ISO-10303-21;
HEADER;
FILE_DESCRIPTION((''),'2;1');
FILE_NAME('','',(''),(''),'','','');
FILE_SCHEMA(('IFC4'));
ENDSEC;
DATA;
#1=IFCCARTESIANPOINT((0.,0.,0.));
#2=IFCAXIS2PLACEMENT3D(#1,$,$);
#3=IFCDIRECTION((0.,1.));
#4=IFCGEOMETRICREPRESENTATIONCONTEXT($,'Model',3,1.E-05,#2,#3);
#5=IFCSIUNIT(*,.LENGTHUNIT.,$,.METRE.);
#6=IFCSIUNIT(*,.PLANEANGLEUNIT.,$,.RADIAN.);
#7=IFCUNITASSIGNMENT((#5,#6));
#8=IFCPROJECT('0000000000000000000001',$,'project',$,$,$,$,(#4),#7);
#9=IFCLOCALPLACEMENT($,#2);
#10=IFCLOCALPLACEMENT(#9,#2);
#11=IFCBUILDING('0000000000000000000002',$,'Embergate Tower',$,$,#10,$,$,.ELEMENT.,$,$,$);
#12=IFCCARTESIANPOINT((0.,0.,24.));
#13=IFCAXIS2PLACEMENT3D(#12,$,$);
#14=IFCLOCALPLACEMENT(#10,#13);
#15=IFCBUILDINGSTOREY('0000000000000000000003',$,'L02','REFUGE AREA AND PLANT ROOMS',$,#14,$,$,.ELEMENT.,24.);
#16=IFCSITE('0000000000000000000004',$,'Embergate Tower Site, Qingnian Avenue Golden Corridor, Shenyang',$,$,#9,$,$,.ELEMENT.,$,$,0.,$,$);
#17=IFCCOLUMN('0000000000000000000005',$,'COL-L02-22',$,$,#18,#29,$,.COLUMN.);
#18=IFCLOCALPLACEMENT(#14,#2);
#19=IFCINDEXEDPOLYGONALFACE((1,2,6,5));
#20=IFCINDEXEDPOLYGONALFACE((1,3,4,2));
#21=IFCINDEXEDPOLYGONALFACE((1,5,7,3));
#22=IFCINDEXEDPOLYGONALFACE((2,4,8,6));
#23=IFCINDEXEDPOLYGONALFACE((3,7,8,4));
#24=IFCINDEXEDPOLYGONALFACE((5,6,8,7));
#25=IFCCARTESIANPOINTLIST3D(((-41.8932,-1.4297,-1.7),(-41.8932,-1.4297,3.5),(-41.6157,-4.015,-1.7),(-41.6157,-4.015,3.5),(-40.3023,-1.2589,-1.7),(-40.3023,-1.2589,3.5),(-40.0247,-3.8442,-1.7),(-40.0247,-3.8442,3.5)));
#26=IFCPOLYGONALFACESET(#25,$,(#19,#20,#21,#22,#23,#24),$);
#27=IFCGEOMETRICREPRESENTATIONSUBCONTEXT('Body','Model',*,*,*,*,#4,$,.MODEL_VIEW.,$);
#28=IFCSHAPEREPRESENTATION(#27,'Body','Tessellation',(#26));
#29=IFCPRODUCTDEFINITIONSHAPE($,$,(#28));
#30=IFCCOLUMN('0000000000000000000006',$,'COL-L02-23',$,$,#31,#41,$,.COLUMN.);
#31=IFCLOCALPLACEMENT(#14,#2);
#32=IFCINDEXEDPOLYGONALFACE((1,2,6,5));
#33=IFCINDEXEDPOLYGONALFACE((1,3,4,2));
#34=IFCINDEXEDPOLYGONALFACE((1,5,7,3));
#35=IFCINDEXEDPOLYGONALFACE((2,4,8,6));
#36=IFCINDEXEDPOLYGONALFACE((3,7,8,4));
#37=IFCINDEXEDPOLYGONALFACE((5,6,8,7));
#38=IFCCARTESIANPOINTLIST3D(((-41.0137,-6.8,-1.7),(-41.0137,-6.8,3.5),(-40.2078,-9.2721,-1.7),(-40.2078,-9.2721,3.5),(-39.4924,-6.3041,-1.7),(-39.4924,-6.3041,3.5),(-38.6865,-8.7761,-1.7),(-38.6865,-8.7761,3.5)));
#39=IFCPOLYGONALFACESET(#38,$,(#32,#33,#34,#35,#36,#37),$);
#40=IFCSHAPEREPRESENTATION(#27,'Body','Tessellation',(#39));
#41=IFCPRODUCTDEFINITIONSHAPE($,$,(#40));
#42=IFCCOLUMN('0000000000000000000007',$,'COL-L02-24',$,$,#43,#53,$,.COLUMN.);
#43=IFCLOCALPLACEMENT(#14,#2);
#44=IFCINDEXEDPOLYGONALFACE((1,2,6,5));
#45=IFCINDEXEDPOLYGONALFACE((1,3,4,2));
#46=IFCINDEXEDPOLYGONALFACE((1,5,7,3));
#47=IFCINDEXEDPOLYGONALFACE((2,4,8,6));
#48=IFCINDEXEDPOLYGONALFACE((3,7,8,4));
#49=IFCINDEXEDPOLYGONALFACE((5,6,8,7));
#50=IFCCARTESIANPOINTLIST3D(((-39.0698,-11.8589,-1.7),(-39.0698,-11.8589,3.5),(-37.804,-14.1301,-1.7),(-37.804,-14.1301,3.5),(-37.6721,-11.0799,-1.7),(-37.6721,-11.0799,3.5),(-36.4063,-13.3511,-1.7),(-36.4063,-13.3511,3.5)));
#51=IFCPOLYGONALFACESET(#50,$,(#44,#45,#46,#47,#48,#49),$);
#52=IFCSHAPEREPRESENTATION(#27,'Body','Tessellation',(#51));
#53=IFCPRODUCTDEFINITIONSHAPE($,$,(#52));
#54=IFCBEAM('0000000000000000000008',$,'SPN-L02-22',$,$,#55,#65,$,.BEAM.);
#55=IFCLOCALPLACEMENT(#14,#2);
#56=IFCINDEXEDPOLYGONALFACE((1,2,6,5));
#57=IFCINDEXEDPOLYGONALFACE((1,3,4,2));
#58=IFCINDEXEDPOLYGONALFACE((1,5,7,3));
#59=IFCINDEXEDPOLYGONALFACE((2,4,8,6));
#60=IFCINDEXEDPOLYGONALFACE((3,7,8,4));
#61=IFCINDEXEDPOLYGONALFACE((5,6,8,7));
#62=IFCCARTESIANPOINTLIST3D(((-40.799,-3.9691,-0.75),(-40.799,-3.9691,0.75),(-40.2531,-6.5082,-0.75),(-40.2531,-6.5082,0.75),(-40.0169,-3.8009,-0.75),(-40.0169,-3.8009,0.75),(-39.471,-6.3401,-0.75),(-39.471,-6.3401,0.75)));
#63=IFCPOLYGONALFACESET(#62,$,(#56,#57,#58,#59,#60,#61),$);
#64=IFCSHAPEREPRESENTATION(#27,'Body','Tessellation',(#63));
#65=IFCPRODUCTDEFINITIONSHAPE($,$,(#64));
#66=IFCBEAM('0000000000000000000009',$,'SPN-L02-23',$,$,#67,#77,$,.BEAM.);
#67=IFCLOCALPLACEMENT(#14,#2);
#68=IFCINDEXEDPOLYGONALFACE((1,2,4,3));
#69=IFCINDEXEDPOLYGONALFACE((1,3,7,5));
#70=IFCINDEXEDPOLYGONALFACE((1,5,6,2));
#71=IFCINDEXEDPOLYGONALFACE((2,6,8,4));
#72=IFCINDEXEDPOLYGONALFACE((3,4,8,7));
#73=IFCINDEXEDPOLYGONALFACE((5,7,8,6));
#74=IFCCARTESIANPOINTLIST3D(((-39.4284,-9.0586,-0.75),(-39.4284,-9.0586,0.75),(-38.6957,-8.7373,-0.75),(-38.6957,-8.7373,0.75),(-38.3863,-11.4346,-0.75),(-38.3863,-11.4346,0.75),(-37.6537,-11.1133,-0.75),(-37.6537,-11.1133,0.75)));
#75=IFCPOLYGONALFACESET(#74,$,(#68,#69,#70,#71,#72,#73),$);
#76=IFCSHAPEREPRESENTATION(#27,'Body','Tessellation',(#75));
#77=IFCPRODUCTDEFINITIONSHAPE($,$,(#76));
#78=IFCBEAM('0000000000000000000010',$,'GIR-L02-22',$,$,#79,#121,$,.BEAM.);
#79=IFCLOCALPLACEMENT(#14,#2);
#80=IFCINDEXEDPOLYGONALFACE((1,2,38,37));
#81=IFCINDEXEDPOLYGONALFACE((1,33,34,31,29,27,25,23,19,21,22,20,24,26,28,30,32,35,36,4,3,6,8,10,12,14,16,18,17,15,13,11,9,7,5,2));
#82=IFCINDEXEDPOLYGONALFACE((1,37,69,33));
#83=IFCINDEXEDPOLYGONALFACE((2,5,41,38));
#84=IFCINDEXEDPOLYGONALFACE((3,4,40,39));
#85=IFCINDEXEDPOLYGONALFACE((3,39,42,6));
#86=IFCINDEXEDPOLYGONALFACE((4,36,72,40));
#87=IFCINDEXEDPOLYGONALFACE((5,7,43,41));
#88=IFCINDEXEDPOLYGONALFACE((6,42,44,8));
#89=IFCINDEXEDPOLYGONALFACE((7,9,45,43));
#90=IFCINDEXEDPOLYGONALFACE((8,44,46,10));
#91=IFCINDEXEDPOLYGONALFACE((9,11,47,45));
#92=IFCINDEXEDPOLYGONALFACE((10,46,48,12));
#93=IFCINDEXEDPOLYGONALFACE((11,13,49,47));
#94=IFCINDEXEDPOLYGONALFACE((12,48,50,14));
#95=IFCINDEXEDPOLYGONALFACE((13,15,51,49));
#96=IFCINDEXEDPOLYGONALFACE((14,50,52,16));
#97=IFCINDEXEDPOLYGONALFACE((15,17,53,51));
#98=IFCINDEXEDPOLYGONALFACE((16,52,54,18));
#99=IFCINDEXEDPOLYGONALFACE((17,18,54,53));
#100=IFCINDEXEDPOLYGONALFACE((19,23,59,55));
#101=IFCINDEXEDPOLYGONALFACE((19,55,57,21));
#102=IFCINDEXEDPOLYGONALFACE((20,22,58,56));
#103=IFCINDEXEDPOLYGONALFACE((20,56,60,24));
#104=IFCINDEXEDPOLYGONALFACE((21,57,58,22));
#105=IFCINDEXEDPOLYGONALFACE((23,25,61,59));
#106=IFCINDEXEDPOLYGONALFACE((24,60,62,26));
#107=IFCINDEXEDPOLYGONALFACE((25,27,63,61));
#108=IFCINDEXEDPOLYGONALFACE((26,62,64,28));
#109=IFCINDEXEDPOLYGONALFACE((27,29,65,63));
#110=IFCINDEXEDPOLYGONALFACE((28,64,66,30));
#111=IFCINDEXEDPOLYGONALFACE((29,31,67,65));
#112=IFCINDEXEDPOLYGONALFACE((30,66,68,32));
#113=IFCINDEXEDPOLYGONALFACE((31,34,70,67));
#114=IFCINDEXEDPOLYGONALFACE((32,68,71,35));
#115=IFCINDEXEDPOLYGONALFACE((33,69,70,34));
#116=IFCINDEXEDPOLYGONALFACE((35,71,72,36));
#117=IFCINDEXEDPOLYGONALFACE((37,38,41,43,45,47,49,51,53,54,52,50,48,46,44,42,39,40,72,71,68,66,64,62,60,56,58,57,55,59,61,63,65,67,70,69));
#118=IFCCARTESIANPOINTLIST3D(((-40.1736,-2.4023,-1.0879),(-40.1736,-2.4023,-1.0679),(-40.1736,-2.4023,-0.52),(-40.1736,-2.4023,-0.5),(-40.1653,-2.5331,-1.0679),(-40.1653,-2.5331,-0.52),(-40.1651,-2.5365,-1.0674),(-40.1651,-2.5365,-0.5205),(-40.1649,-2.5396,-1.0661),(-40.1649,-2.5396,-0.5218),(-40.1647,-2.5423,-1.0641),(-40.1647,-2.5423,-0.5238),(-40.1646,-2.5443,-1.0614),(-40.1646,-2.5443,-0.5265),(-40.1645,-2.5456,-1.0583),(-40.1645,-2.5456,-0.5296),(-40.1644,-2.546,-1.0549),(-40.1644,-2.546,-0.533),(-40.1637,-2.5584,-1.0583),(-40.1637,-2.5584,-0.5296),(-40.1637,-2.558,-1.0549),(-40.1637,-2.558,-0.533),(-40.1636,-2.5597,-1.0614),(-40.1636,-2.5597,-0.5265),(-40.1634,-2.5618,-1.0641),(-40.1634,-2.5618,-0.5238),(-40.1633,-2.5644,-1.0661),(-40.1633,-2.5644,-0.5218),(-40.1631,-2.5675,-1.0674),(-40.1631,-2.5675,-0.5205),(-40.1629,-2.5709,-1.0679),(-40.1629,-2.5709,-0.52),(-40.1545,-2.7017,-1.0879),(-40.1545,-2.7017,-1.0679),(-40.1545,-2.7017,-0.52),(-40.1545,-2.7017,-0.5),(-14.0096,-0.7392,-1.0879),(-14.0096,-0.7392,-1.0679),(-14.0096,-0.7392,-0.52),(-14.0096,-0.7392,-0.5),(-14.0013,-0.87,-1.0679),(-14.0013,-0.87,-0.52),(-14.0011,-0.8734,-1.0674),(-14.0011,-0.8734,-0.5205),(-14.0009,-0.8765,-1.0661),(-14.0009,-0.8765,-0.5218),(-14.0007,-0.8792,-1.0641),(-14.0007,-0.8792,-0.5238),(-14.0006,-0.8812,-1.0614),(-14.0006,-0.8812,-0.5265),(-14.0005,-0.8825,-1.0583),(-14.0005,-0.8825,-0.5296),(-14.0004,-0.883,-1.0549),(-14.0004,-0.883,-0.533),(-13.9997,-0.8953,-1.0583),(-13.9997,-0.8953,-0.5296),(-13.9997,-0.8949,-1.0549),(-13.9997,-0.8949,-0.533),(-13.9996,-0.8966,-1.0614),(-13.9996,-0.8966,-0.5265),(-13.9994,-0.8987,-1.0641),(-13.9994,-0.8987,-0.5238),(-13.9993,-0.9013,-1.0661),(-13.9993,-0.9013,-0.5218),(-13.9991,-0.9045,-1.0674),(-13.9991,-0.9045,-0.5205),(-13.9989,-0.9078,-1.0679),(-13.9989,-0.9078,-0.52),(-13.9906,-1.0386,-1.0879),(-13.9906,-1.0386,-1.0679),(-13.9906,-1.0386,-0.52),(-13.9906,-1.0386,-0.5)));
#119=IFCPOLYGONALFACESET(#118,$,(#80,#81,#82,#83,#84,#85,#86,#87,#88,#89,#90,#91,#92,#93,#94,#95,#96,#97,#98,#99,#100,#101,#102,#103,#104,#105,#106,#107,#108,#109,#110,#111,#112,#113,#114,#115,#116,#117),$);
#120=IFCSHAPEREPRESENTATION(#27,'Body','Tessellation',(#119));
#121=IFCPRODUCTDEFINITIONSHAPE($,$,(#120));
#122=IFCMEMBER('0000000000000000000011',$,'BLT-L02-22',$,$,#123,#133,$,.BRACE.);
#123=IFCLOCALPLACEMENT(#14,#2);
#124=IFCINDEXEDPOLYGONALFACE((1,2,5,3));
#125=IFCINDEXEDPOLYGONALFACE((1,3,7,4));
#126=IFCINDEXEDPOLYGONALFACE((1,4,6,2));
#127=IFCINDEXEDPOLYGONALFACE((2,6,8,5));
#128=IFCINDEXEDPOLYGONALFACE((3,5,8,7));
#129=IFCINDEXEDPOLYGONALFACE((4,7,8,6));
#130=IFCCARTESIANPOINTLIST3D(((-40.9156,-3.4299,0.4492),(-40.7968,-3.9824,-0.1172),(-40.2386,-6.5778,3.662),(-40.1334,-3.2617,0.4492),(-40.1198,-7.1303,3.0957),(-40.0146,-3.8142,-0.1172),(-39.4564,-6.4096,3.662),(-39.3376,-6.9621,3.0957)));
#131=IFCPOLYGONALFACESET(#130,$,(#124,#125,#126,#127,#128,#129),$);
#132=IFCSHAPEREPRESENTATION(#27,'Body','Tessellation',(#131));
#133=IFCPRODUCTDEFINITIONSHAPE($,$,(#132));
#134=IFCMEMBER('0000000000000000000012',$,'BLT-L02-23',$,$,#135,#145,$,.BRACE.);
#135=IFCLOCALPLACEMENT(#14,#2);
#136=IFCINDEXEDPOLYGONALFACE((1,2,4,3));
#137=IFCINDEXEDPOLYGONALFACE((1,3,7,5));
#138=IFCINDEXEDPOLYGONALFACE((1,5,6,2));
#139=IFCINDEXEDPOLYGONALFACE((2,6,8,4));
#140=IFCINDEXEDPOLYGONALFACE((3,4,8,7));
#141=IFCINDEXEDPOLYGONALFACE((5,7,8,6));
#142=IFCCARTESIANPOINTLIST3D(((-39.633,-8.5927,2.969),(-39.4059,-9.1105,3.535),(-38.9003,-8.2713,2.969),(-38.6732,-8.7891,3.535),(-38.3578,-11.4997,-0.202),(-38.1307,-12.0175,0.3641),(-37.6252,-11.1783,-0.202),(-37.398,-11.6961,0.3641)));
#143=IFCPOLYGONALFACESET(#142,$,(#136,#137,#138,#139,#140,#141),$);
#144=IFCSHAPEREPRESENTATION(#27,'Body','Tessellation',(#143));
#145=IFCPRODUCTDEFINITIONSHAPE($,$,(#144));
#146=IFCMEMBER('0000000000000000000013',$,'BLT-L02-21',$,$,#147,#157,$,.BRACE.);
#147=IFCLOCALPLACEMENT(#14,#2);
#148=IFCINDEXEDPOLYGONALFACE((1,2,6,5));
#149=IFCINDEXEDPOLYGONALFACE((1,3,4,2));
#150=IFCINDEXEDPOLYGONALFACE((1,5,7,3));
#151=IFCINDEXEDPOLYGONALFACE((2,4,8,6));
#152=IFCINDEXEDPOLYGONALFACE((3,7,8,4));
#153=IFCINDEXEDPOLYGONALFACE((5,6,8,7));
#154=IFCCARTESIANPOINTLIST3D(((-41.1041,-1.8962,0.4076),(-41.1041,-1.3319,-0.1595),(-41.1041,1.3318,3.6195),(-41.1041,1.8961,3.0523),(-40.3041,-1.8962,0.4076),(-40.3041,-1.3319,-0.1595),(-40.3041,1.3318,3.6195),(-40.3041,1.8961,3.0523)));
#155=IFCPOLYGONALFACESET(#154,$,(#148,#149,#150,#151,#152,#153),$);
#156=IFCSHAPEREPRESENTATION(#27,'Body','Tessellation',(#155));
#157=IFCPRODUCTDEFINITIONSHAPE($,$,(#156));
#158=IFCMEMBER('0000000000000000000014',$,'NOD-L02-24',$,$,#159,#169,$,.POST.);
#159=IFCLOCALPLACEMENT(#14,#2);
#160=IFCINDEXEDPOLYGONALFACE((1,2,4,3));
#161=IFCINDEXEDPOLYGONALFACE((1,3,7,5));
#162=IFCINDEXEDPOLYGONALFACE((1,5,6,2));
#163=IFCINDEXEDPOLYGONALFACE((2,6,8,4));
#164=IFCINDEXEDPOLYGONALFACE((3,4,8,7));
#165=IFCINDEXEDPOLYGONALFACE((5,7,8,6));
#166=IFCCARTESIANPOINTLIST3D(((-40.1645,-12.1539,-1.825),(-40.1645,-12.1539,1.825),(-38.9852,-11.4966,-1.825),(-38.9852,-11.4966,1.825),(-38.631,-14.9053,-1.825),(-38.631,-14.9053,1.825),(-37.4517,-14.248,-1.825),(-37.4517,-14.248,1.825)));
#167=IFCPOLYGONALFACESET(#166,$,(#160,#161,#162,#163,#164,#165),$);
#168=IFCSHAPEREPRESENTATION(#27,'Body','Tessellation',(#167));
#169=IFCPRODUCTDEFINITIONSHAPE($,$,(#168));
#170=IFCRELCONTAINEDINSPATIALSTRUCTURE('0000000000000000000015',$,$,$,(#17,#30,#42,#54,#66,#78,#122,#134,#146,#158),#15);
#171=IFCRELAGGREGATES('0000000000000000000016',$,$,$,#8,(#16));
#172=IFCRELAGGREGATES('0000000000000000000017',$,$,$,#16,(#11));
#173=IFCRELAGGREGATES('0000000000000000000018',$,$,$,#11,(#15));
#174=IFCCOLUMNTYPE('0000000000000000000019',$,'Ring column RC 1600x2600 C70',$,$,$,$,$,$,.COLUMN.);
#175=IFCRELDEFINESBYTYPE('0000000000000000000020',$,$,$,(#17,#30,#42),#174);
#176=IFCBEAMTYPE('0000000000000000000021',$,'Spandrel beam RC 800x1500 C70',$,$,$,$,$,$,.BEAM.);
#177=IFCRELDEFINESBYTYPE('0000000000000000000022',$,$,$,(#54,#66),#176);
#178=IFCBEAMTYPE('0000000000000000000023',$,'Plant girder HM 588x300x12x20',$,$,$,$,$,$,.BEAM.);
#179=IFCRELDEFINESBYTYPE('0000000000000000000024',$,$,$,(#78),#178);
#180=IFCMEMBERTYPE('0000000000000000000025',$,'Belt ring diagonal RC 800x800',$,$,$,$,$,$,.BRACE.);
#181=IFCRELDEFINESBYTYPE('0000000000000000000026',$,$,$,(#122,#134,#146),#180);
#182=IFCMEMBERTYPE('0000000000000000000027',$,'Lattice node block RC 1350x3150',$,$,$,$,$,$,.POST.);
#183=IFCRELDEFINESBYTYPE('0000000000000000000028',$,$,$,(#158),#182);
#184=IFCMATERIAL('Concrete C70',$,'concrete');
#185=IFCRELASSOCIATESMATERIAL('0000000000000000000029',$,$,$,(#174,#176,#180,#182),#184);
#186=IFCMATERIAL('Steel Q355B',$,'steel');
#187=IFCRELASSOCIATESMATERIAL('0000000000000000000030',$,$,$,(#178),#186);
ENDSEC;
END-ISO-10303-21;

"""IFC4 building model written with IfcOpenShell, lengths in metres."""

from ifc_helpers import new_model, si_unit, direction, frame, origin, origin_2d, place, context, subcontext, project, spatial, rectangle, i_section, extrude, source, transform, mapped, material, material_profile, profile_set, type_object, element, save


model = new_model("IFC4")

# Units and contexts
model_context = context("Model", 3, precision=1e-05, world=origin(), true_north=direction((0.0, 1.0)))
body_context = subcontext(model_context, "Body", "Model", "MODEL_VIEW")
ifc_project = project(units=[si_unit("LENGTHUNIT", "METRE"), si_unit("PLANEANGLEUNIT", "RADIAN")], contexts=[model_context])

# Site, building, storey
site_placement = place(None, origin())
site = spatial("IfcSite", under=ifc_project, at=site_placement, Name="Embergate Tower Site, Qingnian Avenue Golden Corridor, Shenyang", CompositionType="ELEMENT", RefElevation=0.0)
building_placement = place(site_placement, origin())
building = spatial("IfcBuilding", under=site, at=building_placement, Name="Embergate Tower", CompositionType="ELEMENT")
storey_placement = place(building_placement, frame((0.0, 0.0, 24.0)))
storey = spatial("IfcBuildingStorey", under=building, at=storey_placement, Name="L02", Description="REFUGE AREA AND PLANT ROOMS", CompositionType="ELEMENT", Elevation=24.0)

# Columns
ifc_material_1 = material(Name="Concrete C70", Category="concrete")
ifc_material_profile_1 = material_profile(ifc_material_1, rectangle(XDim=1.6001, YDim=2.6001, at=origin_2d()), Name="RC 1600x2600")
ifc_profile_set_1 = profile_set([ifc_material_profile_1], Name="Concrete C70")
column_type = type_object("IfcColumnType", Name="Ring column RC 1600x2600 C70", PredefinedType="COLUMN", material=ifc_profile_set_1)
shared_shape_1 = source(origin(), body_context, "Body", "SweptSolid", [
    extrude(rectangle(XDim=1.6001, YDim=2.6001, at=origin_2d()), origin(), (0.0, 0.0, 1.0), 5.2),
])
for number, where, z_axis, x_axis, name in (
    (1, (-40.959, -2.637, -1.7), (0.0, 0.0, 1.0), (-0.994286, -0.10675, 0.0), "COL-L02-22"),
    (2, (-39.8501, -7.7881, -1.7), (0.0, 0.0, 1.0), (-0.950754, -0.309946, 0.0), "COL-L02-23"),
    (3, (-37.738, -12.605, -1.7), (0.0, 0.0, 1.0), (-0.873492, -0.486839, 0.0), "COL-L02-24"),
):
    element("IfcColumn", number, at=place(storey_placement, frame(where, z_axis=z_axis, x_axis=x_axis)), inside=storey, type_object=column_type, Name=name, PredefinedType="COLUMN", context=body_context, shape_type="MappedRepresentation", body=[
        mapped(shared_shape_1, transform((0.0, 0.0, 0.0))),
    ])

# Beams
ifc_material_profile_2 = material_profile(ifc_material_1, rectangle(XDim=0.8, YDim=1.5, at=origin_2d()), Name="RC 800x1500")
ifc_profile_set_2 = profile_set([ifc_material_profile_2], Name="Concrete C70")
beam_type_1 = type_object("IfcBeamType", Name="Spandrel beam RC 800x1500 C70", PredefinedType="BEAM", material=ifc_profile_set_2)
shared_shape_2 = source(origin(), body_context, "Body", "SweptSolid", [
    extrude(rectangle(XDim=0.8, YDim=1.5, at=origin_2d()), origin(), (0.0, 0.0, 1.0), 2.5972),
])
beam_1_placement = place(storey_placement, frame((-40.408, -3.885, 0.0), z_axis=(0.210197, -0.977659, 0.0), x_axis=(0.977659, 0.210197, 0.0)))
element("IfcBeam", 4, at=beam_1_placement, inside=storey, type_object=beam_type_1, Name="SPN-L02-22", PredefinedType="BEAM", context=body_context, shape_type="MappedRepresentation", body=[
    mapped(shared_shape_2, transform((0.0, 0.0, 0.0))),
])
shared_shape_3 = source(origin(), body_context, "Body", "SweptSolid", [
    extrude(rectangle(XDim=0.8, YDim=1.5, at=origin_2d()), origin(), (0.0, 0.0, 1.0), 2.5945),
])
beam_2_placement = place(storey_placement, frame((-39.062, -8.8979, 0.0), z_axis=(0.401628, -0.915803, 0.0), x_axis=(0.915803, 0.401628, 0.0)))
element("IfcBeam", 5, at=beam_2_placement, inside=storey, type_object=beam_type_1, Name="SPN-L02-23", PredefinedType="BEAM", context=body_context, shape_type="MappedRepresentation", body=[
    mapped(shared_shape_3, transform((0.0, 0.0, 0.0))),
])
ifc_material_2 = material(Name="Steel Q355B", Category="steel")
ifc_material_profile_3 = material_profile(ifc_material_2, i_section(OverallWidth=0.3, OverallDepth=0.5879, WebThickness=0.012, FlangeThickness=0.02, FilletRadius=0.0129, at=origin_2d()), Name="HM 588x300x12x20")
ifc_profile_set_3 = profile_set([ifc_material_profile_3], Name="Steel Q355 grade B")
beam_type_2 = type_object("IfcBeamType", Name="Plant girder HM 588x300x12x20", PredefinedType="BEAM", material=ifc_profile_set_3)
shared_shape_4 = source(origin(), body_context, "Body", "SweptSolid", [
    extrude(i_section(OverallWidth=0.3, OverallDepth=0.5879, WebThickness=0.012, FlangeThickness=0.02, FilletRadius=0.0129, at=origin_2d()), origin(), (0.0, 0.0, 1.0), 26.2168),
])
beam_3_placement = place(storey_placement, frame((-40.1641, -2.552, -0.7939), z_axis=(0.997986, 0.063436, 0.0), x_axis=(-0.063436, 0.997986, 0.0)))
element("IfcBeam", 6, at=beam_3_placement, inside=storey, type_object=beam_type_2, Name="GIR-L02-22", PredefinedType="BEAM", context=body_context, shape_type="MappedRepresentation", body=[
    mapped(shared_shape_4, transform((0.0, 0.0, 0.0))),
])

# Members
ifc_material_profile_4 = material_profile(ifc_material_1, rectangle(XDim=0.8, YDim=0.8, at=origin_2d()), Name="RC 800x800")
ifc_profile_set_4 = profile_set([ifc_material_profile_4], Name="Concrete C70")
member_type_1 = type_object("IfcMemberType", Name="Belt ring diagonal RC 800x800", PredefinedType="BRACE", material=ifc_profile_set_4)
shared_shape_5 = source(origin(), body_context, "Body", "SweptSolid", [
    extrude(rectangle(XDim=0.8, YDim=0.8, at=origin_2d()), origin(), (0.0, 0.0, 1.0), 4.5486),
])
member_1_placement = place(storey_placement, frame((-40.4651, -3.6221, 0.166), z_axis=(0.148834, -0.692056, 0.706333), x_axis=(0.977647, 0.210254, 0.0)))
element("IfcMember", 7, at=member_1_placement, inside=storey, type_object=member_type_1, Name="BLT-L02-22", PredefinedType="BRACE", context=body_context, shape_type="MappedRepresentation", body=[
    mapped(shared_shape_5, transform((0.0, 0.0, 0.0))),
])
shared_shape_6 = source(origin(), body_context, "Body", "SweptSolid", [
    extrude(rectangle(XDim=0.8, YDim=0.8, at=origin_2d()), origin(), (0.0, 0.0, 1.0), 4.4868),
])
member_2_placement = place(storey_placement, frame((-37.8779, -11.5979, 0.0811), z_axis=(-0.284201, 0.6479, 0.706721), x_axis=(-0.91577, -0.401702, 0.0)))
element("IfcMember", 8, at=member_2_placement, inside=storey, type_object=member_type_1, Name="BLT-L02-23", PredefinedType="BRACE", context=body_context, shape_type="MappedRepresentation", body=[
    mapped(shared_shape_6, transform((0.0, 0.0, 0.0))),
])
shared_shape_7 = source(origin(), body_context, "Body", "SweptSolid", [
    extrude(rectangle(XDim=0.8, YDim=0.8, at=origin_2d()), origin(), (0.0, 0.0, 1.0), 4.5537),
])
member_3_placement = place(storey_placement, frame((-40.7041, -1.614, 0.124), z_axis=(0.0, 0.708874, 0.705335), x_axis=(-1.0, 0.0, 0.0)))
element("IfcMember", 9, at=member_3_placement, inside=storey, type_object=member_type_1, Name="BLT-L02-21", PredefinedType="BRACE", context=body_context, shape_type="MappedRepresentation", body=[
    mapped(shared_shape_7, transform((0.0, 0.0, 0.0))),
])
ifc_material_profile_5 = material_profile(ifc_material_1, rectangle(XDim=1.3501, YDim=3.1499, at=origin_2d()), Name="RC 1350x3150")
ifc_profile_set_5 = profile_set([ifc_material_profile_5], Name="Concrete C70")
member_type_2 = type_object("IfcMemberType", Name="Lattice node block RC 1350x3150", PredefinedType="POST", material=ifc_profile_set_5)
shared_shape_8 = source(origin(), body_context, "Body", "SweptSolid", [
    extrude(rectangle(XDim=1.3501, YDim=3.1499, at=origin_2d()), origin(), (0.0, 0.0, 1.0), 3.6499),
])
member_4_placement = place(storey_placement, frame((-38.8081, -13.2009, -1.825), z_axis=(0.0, 0.0, 1.0), x_axis=(-0.873492, -0.486839, 0.0)))
element("IfcMember", 10, at=member_4_placement, inside=storey, type_object=member_type_2, Name="NOD-L02-24", PredefinedType="POST", context=body_context, shape_type="MappedRepresentation", body=[
    mapped(shared_shape_8, transform((0.0, 0.0, 0.0))),
])

save(model, "model.ifc")
